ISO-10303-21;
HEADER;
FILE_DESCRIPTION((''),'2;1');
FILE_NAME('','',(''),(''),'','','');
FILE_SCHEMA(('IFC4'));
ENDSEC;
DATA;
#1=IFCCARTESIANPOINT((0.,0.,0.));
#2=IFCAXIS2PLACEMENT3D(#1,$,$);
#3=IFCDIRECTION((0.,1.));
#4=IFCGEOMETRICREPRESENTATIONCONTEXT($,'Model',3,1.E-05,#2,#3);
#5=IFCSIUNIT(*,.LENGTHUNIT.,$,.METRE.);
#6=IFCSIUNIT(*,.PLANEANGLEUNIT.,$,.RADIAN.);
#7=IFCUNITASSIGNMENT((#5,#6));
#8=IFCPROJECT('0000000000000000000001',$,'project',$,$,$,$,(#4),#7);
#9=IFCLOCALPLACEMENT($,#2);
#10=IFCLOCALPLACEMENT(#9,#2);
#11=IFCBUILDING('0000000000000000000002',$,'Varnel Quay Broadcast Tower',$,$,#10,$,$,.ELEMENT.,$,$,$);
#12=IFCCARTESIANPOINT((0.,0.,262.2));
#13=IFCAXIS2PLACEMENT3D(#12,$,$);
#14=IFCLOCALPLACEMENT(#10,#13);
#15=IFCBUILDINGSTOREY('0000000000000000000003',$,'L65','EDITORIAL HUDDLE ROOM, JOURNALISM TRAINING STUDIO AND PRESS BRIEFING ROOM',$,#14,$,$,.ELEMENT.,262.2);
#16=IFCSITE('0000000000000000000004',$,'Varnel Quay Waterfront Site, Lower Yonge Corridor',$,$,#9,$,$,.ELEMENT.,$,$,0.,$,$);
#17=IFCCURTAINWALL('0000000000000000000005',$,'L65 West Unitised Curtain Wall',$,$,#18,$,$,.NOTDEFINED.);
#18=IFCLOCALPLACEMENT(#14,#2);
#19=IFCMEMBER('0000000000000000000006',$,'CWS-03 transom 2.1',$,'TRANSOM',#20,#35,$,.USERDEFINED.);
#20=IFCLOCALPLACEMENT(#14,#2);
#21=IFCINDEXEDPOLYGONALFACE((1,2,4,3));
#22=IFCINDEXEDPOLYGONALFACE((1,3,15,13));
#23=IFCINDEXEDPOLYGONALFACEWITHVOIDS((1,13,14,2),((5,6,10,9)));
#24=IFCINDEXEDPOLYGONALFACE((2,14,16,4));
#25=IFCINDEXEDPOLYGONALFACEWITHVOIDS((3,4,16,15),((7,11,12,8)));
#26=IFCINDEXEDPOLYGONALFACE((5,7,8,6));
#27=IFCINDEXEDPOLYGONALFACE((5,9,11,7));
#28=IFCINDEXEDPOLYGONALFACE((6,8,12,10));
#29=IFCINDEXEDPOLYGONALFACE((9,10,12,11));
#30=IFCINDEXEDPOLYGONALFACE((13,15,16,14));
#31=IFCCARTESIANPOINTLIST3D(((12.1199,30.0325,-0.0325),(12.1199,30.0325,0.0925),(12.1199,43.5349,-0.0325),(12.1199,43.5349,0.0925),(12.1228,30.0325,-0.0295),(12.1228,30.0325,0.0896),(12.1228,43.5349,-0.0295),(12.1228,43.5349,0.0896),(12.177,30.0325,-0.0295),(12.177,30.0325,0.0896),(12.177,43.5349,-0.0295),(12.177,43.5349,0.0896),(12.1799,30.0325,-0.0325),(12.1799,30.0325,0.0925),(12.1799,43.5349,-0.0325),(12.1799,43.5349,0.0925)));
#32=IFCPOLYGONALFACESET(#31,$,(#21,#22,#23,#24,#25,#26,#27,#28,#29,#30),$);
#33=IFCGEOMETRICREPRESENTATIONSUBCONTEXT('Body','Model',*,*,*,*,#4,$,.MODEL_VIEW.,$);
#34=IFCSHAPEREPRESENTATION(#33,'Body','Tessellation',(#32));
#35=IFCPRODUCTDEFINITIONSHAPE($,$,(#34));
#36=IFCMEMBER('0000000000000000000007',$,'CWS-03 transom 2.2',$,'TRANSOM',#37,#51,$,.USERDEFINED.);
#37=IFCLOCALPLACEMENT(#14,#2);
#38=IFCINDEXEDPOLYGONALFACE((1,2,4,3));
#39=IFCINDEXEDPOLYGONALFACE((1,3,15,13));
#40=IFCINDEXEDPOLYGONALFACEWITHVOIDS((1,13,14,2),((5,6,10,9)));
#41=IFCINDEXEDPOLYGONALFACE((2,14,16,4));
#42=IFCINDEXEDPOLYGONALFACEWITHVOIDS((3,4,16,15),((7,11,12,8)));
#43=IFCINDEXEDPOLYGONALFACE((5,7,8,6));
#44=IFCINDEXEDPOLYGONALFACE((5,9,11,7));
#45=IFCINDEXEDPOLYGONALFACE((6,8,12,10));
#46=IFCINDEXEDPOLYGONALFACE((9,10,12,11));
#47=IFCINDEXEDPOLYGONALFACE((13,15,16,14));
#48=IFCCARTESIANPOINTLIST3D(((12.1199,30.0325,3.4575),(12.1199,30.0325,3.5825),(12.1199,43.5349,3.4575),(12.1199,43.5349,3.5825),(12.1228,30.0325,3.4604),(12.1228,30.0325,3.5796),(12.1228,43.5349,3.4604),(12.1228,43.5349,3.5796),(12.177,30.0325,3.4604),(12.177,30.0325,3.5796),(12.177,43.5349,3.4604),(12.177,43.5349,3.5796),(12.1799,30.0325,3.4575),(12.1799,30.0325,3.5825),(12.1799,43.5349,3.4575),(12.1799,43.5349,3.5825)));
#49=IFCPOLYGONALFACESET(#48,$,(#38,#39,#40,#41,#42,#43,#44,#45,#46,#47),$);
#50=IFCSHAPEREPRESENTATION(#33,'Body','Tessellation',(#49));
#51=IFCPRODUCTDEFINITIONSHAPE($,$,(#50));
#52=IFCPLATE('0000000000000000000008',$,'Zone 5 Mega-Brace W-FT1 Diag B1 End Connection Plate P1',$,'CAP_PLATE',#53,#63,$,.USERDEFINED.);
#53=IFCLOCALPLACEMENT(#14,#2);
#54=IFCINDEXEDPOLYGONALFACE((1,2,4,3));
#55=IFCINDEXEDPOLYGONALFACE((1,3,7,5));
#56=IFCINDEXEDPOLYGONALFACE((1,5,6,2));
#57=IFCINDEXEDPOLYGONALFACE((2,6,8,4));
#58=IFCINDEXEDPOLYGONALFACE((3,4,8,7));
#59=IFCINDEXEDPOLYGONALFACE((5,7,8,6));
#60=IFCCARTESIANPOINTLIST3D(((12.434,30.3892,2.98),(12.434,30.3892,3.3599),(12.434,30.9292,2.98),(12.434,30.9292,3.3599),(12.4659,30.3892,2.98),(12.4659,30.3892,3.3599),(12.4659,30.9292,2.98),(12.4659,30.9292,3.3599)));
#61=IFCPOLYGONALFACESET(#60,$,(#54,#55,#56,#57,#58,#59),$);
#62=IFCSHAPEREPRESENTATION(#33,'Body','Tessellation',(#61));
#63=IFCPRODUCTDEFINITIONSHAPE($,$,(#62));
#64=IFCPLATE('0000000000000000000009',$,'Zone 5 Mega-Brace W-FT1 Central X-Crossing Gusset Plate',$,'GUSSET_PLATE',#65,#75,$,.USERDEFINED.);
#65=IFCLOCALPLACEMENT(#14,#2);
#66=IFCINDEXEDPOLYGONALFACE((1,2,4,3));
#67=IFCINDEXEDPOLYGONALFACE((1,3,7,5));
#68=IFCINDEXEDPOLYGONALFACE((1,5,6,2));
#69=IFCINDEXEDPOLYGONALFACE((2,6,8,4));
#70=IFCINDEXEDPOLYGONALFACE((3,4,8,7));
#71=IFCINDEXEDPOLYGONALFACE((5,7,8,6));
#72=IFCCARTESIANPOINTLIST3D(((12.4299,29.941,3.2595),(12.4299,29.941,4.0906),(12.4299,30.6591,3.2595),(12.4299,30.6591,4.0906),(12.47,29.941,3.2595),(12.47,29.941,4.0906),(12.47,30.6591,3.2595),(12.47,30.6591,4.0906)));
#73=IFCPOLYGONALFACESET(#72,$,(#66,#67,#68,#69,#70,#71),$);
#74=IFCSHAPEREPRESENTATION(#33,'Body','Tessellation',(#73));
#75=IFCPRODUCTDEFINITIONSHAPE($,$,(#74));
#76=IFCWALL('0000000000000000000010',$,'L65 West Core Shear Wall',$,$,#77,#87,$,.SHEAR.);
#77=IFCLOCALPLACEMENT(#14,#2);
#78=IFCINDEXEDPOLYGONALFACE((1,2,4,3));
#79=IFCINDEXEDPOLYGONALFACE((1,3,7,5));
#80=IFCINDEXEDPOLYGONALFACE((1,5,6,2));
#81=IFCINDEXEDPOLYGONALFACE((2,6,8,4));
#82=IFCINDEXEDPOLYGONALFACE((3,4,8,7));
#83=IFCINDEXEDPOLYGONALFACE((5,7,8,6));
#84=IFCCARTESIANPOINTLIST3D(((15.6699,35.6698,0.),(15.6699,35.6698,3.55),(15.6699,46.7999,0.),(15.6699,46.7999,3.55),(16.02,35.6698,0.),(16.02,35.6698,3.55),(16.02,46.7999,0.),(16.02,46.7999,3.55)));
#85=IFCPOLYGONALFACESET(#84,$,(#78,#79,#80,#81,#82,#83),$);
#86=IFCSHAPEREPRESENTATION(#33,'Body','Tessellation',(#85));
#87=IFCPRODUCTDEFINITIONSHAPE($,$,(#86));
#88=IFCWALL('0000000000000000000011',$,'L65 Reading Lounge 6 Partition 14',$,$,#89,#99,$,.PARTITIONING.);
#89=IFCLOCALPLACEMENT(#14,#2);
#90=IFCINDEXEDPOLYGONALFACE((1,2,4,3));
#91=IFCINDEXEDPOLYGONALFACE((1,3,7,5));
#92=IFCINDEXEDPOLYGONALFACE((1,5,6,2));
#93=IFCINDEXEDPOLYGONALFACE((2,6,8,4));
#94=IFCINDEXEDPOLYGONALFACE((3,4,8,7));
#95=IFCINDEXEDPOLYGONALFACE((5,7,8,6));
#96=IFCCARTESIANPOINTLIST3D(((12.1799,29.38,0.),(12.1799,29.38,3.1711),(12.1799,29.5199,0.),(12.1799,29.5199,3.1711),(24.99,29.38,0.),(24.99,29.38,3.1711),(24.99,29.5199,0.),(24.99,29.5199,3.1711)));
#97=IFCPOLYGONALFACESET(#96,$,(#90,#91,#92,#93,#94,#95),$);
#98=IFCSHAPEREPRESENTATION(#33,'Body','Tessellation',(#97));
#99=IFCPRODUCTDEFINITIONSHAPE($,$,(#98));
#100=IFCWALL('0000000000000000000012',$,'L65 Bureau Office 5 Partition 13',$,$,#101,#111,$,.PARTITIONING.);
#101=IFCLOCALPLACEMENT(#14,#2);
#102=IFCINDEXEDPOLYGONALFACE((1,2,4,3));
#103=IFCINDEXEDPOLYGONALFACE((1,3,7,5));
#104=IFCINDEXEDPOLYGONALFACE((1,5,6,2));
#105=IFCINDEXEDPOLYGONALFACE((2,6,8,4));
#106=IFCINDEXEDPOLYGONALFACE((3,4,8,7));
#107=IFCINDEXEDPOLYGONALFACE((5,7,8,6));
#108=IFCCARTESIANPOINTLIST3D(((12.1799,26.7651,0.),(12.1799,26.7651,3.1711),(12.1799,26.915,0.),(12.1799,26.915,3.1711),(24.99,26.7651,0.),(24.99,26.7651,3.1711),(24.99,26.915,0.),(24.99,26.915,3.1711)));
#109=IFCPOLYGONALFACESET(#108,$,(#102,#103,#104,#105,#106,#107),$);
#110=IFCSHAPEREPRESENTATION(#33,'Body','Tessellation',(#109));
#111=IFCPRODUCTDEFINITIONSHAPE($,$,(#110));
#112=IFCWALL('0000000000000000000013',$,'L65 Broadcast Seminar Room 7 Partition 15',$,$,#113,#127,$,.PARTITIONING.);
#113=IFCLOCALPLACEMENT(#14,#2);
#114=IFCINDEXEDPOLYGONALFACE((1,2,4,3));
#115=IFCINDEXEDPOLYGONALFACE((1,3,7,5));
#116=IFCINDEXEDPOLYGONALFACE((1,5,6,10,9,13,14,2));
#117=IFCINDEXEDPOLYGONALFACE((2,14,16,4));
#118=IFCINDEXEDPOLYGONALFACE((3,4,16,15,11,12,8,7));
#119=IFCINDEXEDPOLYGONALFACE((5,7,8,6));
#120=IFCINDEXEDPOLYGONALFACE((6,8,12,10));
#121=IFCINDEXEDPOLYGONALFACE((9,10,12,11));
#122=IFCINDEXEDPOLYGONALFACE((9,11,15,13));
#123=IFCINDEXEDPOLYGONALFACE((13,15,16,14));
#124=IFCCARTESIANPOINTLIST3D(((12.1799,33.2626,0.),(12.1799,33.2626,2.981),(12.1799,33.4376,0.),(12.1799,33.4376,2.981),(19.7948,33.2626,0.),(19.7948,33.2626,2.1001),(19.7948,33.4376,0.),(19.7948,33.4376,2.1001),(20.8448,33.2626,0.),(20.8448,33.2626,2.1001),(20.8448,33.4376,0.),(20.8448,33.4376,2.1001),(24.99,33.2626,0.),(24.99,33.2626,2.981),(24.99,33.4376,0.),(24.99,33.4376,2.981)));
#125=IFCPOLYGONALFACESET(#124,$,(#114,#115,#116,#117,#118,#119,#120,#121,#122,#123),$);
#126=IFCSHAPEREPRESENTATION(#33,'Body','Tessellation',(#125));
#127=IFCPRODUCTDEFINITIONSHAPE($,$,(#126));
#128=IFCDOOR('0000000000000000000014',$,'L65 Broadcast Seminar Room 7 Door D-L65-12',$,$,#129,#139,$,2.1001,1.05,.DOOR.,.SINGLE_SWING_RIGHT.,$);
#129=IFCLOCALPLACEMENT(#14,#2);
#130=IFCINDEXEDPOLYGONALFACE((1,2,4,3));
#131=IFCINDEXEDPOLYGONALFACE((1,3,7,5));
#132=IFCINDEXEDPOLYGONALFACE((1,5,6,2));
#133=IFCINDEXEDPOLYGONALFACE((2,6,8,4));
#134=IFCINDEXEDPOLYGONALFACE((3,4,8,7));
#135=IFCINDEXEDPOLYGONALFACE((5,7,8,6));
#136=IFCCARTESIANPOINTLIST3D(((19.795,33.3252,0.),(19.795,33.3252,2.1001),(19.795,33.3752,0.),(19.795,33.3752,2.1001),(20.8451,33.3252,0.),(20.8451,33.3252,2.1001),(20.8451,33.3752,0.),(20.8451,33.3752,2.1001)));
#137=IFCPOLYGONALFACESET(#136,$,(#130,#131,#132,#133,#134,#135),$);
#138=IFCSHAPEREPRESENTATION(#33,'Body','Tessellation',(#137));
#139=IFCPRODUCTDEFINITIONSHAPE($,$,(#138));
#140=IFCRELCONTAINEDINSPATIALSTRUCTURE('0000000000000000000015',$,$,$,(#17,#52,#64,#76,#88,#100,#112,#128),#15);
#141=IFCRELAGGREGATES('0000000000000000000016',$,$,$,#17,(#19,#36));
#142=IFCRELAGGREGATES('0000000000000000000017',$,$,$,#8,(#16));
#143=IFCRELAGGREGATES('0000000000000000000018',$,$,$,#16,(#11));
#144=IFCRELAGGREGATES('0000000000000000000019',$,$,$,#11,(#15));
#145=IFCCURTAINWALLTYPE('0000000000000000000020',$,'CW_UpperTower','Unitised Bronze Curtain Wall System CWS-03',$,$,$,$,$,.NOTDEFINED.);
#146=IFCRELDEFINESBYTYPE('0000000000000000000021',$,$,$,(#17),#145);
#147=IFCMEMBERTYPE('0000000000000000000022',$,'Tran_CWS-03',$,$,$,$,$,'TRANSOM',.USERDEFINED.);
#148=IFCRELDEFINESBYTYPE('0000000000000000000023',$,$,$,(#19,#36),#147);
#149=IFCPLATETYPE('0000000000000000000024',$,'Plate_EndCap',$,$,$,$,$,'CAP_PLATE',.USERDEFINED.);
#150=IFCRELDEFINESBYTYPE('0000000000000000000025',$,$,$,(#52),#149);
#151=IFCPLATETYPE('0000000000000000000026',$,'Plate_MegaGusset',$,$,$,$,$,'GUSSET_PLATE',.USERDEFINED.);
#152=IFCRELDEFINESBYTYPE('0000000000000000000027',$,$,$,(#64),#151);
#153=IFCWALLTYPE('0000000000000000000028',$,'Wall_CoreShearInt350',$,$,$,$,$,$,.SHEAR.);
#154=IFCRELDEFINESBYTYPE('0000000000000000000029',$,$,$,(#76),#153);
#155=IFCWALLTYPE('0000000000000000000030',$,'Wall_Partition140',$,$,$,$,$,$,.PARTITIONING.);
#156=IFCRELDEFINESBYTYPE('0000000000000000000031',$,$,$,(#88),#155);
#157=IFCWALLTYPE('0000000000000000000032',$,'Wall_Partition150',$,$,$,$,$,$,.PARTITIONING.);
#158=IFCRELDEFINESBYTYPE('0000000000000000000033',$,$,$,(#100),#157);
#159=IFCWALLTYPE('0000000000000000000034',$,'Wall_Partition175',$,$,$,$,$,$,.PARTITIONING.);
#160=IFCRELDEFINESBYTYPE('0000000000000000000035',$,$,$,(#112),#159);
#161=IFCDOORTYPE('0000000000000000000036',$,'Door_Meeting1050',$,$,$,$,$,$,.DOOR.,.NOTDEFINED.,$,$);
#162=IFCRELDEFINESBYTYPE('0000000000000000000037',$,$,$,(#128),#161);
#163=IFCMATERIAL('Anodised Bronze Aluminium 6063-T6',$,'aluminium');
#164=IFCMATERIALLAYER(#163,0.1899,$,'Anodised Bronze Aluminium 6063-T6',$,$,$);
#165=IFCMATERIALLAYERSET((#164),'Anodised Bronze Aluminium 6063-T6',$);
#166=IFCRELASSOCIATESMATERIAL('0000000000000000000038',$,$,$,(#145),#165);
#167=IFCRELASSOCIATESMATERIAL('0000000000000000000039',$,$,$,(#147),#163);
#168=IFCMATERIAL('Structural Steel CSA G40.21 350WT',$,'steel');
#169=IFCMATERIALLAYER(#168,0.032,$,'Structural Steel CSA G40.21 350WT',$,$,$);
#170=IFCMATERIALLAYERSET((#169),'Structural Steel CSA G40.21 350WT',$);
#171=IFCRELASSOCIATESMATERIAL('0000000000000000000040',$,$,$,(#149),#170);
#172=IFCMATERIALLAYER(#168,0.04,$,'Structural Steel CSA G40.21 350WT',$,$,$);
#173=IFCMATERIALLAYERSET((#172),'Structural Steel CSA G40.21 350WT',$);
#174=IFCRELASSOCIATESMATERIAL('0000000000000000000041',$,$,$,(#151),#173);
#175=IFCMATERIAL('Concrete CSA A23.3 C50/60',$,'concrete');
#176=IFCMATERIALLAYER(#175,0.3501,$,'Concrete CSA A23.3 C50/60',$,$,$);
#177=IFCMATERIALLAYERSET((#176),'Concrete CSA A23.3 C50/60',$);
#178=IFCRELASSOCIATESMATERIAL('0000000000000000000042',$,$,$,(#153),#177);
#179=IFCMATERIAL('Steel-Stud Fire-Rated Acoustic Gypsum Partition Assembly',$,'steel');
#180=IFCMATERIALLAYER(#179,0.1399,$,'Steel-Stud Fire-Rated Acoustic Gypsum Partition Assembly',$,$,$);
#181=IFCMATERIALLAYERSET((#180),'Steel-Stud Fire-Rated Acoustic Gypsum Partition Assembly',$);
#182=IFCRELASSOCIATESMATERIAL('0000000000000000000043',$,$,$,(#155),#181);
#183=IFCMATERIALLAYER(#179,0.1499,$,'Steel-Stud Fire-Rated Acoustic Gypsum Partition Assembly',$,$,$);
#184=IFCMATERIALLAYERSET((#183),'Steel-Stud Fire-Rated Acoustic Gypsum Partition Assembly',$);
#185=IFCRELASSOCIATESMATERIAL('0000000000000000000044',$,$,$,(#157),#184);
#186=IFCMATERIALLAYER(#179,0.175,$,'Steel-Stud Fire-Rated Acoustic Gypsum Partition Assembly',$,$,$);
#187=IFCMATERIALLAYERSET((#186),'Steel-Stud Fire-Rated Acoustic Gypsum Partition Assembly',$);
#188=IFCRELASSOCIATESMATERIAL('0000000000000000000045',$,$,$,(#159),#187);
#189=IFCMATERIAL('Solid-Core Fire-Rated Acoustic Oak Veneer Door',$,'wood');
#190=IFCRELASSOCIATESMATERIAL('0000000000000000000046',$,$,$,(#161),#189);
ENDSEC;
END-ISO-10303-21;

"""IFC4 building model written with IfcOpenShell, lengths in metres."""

from ifc_helpers import new_model, si_unit, direction, frame, frame_2d, origin, origin_2d, place, context, subcontext, project, spatial, rectangle, hollow_rectangle, extrude, source, transform, mapped, material, layer, layer_set, material_profile, profile_set, type_object, type_shapes, element, fill, aggregate, save


model = new_model("IFC4")

# Units and contexts
model_context = context("Model", 3, precision=1e-05, world=origin(), true_north=direction((0.0, 1.0)))
body_context = subcontext(model_context, "Body", "Model", "MODEL_VIEW")
ifc_project = project(units=[si_unit("LENGTHUNIT", "METRE"), si_unit("PLANEANGLEUNIT", "RADIAN")], contexts=[model_context])

# Site, building, storey
site_placement = place(None, origin())
site = spatial("IfcSite", under=ifc_project, at=site_placement, Name="Varnel Quay Waterfront Site, Lower Yonge Corridor", CompositionType="ELEMENT", RefElevation=0.0)
building_placement = place(site_placement, origin())
building = spatial("IfcBuilding", under=site, at=building_placement, Name="Varnel Quay Broadcast Tower", CompositionType="ELEMENT")
storey_placement = place(building_placement, frame((0.0, 0.0, 262.2)))
storey = spatial("IfcBuildingStorey", under=building, at=storey_placement, Name="L65", Description="EDITORIAL HUDDLE ROOM, JOURNALISM TRAINING STUDIO AND PRESS BRIEFING ROOM", CompositionType="ELEMENT", Elevation=262.2)

# Shared definitions
ifc_material_1 = material(Name="Structural Steel CSA G40.21 350WT", Category="steel")

# Shared definitions
ifc_material_2 = material(Name="Concrete CSA A23.3 C50/60", Category="concrete")

# Curtain wall, members
ifc_material_3 = material(Name="Anodised Bronze Aluminium 6063-T6", Category="aluminium")
ifc_layer_1 = layer(ifc_material_3, 0.1899, Name="Anodised Bronze Aluminium 6063-T6")
ifc_layer_set_1 = layer_set([ifc_layer_1], Name="Anodised Bronze Aluminium 6063-T6")
curtain_wall_type = type_object("IfcCurtainWallType", Name="CW_UpperTower", Description="Unitised Bronze Curtain Wall System CWS-03", PredefinedType="NOTDEFINED", material=ifc_layer_set_1)
curtain_wall_placement = place(storey_placement, origin())
curtain_wall = element("IfcCurtainWall", 1, at=curtain_wall_placement, inside=storey, type_object=curtain_wall_type, Name="L65 West Unitised Curtain Wall", PredefinedType="NOTDEFINED")
ifc_material_profile_1 = material_profile(ifc_material_3, hollow_rectangle(XDim=0.0601, YDim=0.125, WallThickness=0.0029, at=origin_2d()), Name="ALU60X125X3")
ifc_profile_set_1 = profile_set([ifc_material_profile_1], Name="Anodised Bronze Aluminium 6063-T6")
member_type_1 = type_object("IfcMemberType", Name="Tran_CWS-03", ElementType="TRANSOM", PredefinedType="USERDEFINED", material=ifc_profile_set_1)
shared_shape_1 = source(origin(), body_context, "Body", "SweptSolid", [
    extrude(hollow_rectangle(XDim=0.0601, YDim=0.125, WallThickness=0.0029, at=origin_2d()), origin(), (0.0, 0.0, 1.0), 13.5024),
])
type_shapes(member_type_1, [shared_shape_1])
member_1_placement = place(storey_placement, frame((12.1499, 30.0325, 0.03), z_axis=(0.0, 1.0, 0.0), x_axis=(-1.0, 0.0, 0.0)))
member_1 = element("IfcMember", 2, at=member_1_placement, type_object=member_type_1, Name="CWS-03 transom 2.1", ObjectType="TRANSOM", PredefinedType="USERDEFINED", context=body_context, shape_type="MappedRepresentation", body=[
    mapped(shared_shape_1, transform((0.0, 0.0, 0.0), x_axis=(1.0, 0.0, 0.0), y_axis=(0.0, 1.0, 0.0), z_axis=(0.0, 0.0, 1.0), scale=1.0)),
])
member_2_placement = place(storey_placement, frame((12.1499, 30.0325, 3.52), z_axis=(0.0, 1.0, 0.0), x_axis=(-1.0, 0.0, 0.0)))
member_2 = element("IfcMember", 3, at=member_2_placement, type_object=member_type_1, Name="CWS-03 transom 2.2", ObjectType="TRANSOM", PredefinedType="USERDEFINED", context=body_context, shape_type="MappedRepresentation", body=[
    mapped(shared_shape_1, transform((0.0, 0.0, 0.0), x_axis=(1.0, 0.0, 0.0), y_axis=(0.0, 1.0, 0.0), z_axis=(0.0, 0.0, 1.0), scale=1.0)),
])
aggregate(curtain_wall, [member_1, member_2])

# Plates
ifc_layer_2 = layer(ifc_material_1, 0.032, Name="Structural Steel CSA G40.21 350WT")
ifc_layer_set_2 = layer_set([ifc_layer_2], Name="Structural Steel CSA G40.21 350WT")
plate_type_1 = type_object("IfcPlateType", Name="Plate_EndCap", ElementType="CAP_PLATE", PredefinedType="USERDEFINED", material=ifc_layer_set_2)
shared_shape_2 = source(origin(), body_context, "Body", "SweptSolid", [
    extrude(rectangle(XDim=0.54, YDim=0.032, at=origin_2d()), origin(), (0.0, 0.0, 1.0), 0.3799),
])
type_shapes(plate_type_1, [shared_shape_2])
plate_1_placement = place(storey_placement, frame((12.45, 30.6592, 2.98), z_axis=(0.0, 0.0, 1.0), x_axis=(0.0, 1.0, 0.0)))
element("IfcPlate", 4, at=plate_1_placement, inside=storey, type_object=plate_type_1, Name="Zone 5 Mega-Brace W-FT1 Diag B1 End Connection Plate P1", ObjectType="CAP_PLATE", PredefinedType="USERDEFINED", context=body_context, shape_type="MappedRepresentation", body=[
    mapped(shared_shape_2, transform((0.0, 0.0, 0.0), x_axis=(1.0, 0.0, 0.0), y_axis=(0.0, 1.0, 0.0), z_axis=(0.0, 0.0, 1.0), scale=1.0)),
])
ifc_layer_3 = layer(ifc_material_1, 0.04, Name="Structural Steel CSA G40.21 350WT")
ifc_layer_set_3 = layer_set([ifc_layer_3], Name="Structural Steel CSA G40.21 350WT")
plate_type_2 = type_object("IfcPlateType", Name="Plate_MegaGusset", ElementType="GUSSET_PLATE", PredefinedType="USERDEFINED", material=ifc_layer_set_3)
shared_shape_3 = source(origin(), body_context, "Body", "SweptSolid", [
    extrude(rectangle(XDim=0.718, YDim=0.04, at=origin_2d()), origin(), (0.0, 0.0, 1.0), 0.8311),
])
type_shapes(plate_type_2, [shared_shape_3])
plate_2_placement = place(storey_placement, frame((12.45, 30.3, 3.2595), z_axis=(0.0, 0.0, 1.0), x_axis=(0.0, 1.0, 0.0)))
element("IfcPlate", 5, at=plate_2_placement, inside=storey, type_object=plate_type_2, Name="Zone 5 Mega-Brace W-FT1 Central X-Crossing Gusset Plate", ObjectType="GUSSET_PLATE", PredefinedType="USERDEFINED", context=body_context, shape_type="MappedRepresentation", body=[
    mapped(shared_shape_3, transform((0.0, 0.0, 0.0), x_axis=(1.0, 0.0, 0.0), y_axis=(0.0, 1.0, 0.0), z_axis=(0.0, 0.0, 1.0), scale=1.0)),
])

# Walls
ifc_layer_4 = layer(ifc_material_2, 0.3501, Name="Concrete CSA A23.3 C50/60")
ifc_layer_set_4 = layer_set([ifc_layer_4], Name="Concrete CSA A23.3 C50/60")
wall_type_1 = type_object("IfcWallType", Name="Wall_CoreShearInt350", PredefinedType="SHEAR", material=ifc_layer_set_4)
wall_1_placement = place(storey_placement, frame((15.845, 35.6699, 0.0), z_axis=(0.0, 0.0, 1.0), x_axis=(0.0, 1.0, 0.0)))
element("IfcWall", 6, at=wall_1_placement, inside=storey, type_object=wall_type_1, Name="L65 West Core Shear Wall", PredefinedType="SHEAR", context=body_context, shape_type="SweptSolid", body=[
    extrude(rectangle(XDim=11.1301, YDim=0.3501, at=frame_2d((5.5649, 0.0))), origin(), (0.0, 0.0, 1.0), 3.55),
])
ifc_material_4 = material(Name="Steel-Stud Fire-Rated Acoustic Gypsum Partition Assembly", Category="steel")
ifc_layer_5 = layer(ifc_material_4, 0.1399, Name="Steel-Stud Fire-Rated Acoustic Gypsum Partition Assembly")
ifc_layer_set_5 = layer_set([ifc_layer_5], Name="Steel-Stud Fire-Rated Acoustic Gypsum Partition Assembly")
wall_type_2 = type_object("IfcWallType", Name="Wall_Partition140", PredefinedType="PARTITIONING", material=ifc_layer_set_5)
wall_2_placement = place(storey_placement, frame((12.1799, 29.45, 0.0), z_axis=(0.0, 0.0, 1.0), x_axis=(1.0, 0.0, 0.0)))
element("IfcWall", 7, at=wall_2_placement, inside=storey, type_object=wall_type_2, Name="L65 Reading Lounge 6 Partition 14", PredefinedType="PARTITIONING", context=body_context, shape_type="SweptSolid", body=[
    extrude(rectangle(XDim=12.8101, YDim=0.1399, at=frame_2d((6.405, 0.0))), origin(), (0.0, 0.0, 1.0), 3.1711),
])
ifc_layer_6 = layer(ifc_material_4, 0.1499, Name="Steel-Stud Fire-Rated Acoustic Gypsum Partition Assembly")
ifc_layer_set_6 = layer_set([ifc_layer_6], Name="Steel-Stud Fire-Rated Acoustic Gypsum Partition Assembly")
wall_type_3 = type_object("IfcWallType", Name="Wall_Partition150", PredefinedType="PARTITIONING", material=ifc_layer_set_6)
wall_3_placement = place(storey_placement, frame((12.1799, 26.8401, 0.0), z_axis=(0.0, 0.0, 1.0), x_axis=(1.0, 0.0, 0.0)))
element("IfcWall", 8, at=wall_3_placement, inside=storey, type_object=wall_type_3, Name="L65 Bureau Office 5 Partition 13", PredefinedType="PARTITIONING", context=body_context, shape_type="SweptSolid", body=[
    extrude(rectangle(XDim=12.8101, YDim=0.1499, at=frame_2d((6.405, 0.0))), origin(), (0.0, 0.0, 1.0), 3.1711),
])

# Wall, opening, door
ifc_layer_7 = layer(ifc_material_4, 0.175, Name="Steel-Stud Fire-Rated Acoustic Gypsum Partition Assembly")
ifc_layer_set_7 = layer_set([ifc_layer_7], Name="Steel-Stud Fire-Rated Acoustic Gypsum Partition Assembly")
wall_type_4 = type_object("IfcWallType", Name="Wall_Partition175", PredefinedType="PARTITIONING", material=ifc_layer_set_7)
wall_4_placement = place(storey_placement, frame((12.1799, 33.3501, 0.0), z_axis=(0.0, 0.0, 1.0), x_axis=(1.0, 0.0, 0.0)))
wall_4 = element("IfcWall", 9, at=wall_4_placement, inside=storey, type_object=wall_type_4, Name="L65 Broadcast Seminar Room 7 Partition 15", PredefinedType="PARTITIONING", context=body_context, shape_type="SweptSolid", body=[
    extrude(rectangle(XDim=12.8101, YDim=0.175, at=frame_2d((6.405, 0.0))), origin(), (0.0, 0.0, 1.0), 2.981),
])
opening_1_placement = place(wall_4_placement, frame((7.615, 0.0, 0.0)))
opening_1 = element("IfcOpeningElement", 10, at=opening_1_placement, cuts=wall_4, PredefinedType="OPENING", context=body_context, shape_type="SweptSolid", body=[
    extrude(rectangle(XDim=1.05, YDim=2.1001, at=frame_2d((0.5249, 1.05))), frame((0.0, 0.0977, 0.0), z_axis=(0.0, -1.0, 0.0), x_axis=(1.0, 0.0, 0.0)), (0.0, 0.0, 1.0), 0.1951),
])
ifc_material_5 = material(Name="Solid-Core Fire-Rated Acoustic Oak Veneer Door", Category="wood")
door_type_1 = type_object("IfcDoorType", Name="Door_Meeting1050", OperationType="NOTDEFINED", PredefinedType="DOOR", material=ifc_material_5)
shared_shape_4 = source(origin(), body_context, "Body", "SweptSolid", [
    extrude(rectangle(XDim=1.05, YDim=2.1001, at=frame_2d((0.5249, 1.05))), frame((0.0, 0.0249, 0.0), z_axis=(0.0, -1.0, 0.0), x_axis=(1.0, 0.0, 0.0)), (0.0, 0.0, 1.0), 0.05),
])
type_shapes(door_type_1, [shared_shape_4])
door_1_placement = place(opening_1_placement, frame((1.05, 0.0, 0.0), z_axis=(0.0, 0.0, 1.0), x_axis=(-1.0, 0.0, 0.0)))
door_1 = element("IfcDoor", 11, at=door_1_placement, inside=storey, type_object=door_type_1, Name="L65 Broadcast Seminar Room 7 Door D-L65-12", OperationType="SINGLE_SWING_RIGHT", OverallHeight=2.1001, OverallWidth=1.05, PredefinedType="DOOR", context=body_context, shape_type="MappedRepresentation", body=[
    mapped(shared_shape_4, transform((0.0, 0.0, 0.0), x_axis=(1.0, 0.0, 0.0), y_axis=(0.0, 1.0, 0.0), z_axis=(0.0, 0.0, 1.0), scale=1.0)),
])
fill(opening_1, door_1)

save(model, "model.ifc")
